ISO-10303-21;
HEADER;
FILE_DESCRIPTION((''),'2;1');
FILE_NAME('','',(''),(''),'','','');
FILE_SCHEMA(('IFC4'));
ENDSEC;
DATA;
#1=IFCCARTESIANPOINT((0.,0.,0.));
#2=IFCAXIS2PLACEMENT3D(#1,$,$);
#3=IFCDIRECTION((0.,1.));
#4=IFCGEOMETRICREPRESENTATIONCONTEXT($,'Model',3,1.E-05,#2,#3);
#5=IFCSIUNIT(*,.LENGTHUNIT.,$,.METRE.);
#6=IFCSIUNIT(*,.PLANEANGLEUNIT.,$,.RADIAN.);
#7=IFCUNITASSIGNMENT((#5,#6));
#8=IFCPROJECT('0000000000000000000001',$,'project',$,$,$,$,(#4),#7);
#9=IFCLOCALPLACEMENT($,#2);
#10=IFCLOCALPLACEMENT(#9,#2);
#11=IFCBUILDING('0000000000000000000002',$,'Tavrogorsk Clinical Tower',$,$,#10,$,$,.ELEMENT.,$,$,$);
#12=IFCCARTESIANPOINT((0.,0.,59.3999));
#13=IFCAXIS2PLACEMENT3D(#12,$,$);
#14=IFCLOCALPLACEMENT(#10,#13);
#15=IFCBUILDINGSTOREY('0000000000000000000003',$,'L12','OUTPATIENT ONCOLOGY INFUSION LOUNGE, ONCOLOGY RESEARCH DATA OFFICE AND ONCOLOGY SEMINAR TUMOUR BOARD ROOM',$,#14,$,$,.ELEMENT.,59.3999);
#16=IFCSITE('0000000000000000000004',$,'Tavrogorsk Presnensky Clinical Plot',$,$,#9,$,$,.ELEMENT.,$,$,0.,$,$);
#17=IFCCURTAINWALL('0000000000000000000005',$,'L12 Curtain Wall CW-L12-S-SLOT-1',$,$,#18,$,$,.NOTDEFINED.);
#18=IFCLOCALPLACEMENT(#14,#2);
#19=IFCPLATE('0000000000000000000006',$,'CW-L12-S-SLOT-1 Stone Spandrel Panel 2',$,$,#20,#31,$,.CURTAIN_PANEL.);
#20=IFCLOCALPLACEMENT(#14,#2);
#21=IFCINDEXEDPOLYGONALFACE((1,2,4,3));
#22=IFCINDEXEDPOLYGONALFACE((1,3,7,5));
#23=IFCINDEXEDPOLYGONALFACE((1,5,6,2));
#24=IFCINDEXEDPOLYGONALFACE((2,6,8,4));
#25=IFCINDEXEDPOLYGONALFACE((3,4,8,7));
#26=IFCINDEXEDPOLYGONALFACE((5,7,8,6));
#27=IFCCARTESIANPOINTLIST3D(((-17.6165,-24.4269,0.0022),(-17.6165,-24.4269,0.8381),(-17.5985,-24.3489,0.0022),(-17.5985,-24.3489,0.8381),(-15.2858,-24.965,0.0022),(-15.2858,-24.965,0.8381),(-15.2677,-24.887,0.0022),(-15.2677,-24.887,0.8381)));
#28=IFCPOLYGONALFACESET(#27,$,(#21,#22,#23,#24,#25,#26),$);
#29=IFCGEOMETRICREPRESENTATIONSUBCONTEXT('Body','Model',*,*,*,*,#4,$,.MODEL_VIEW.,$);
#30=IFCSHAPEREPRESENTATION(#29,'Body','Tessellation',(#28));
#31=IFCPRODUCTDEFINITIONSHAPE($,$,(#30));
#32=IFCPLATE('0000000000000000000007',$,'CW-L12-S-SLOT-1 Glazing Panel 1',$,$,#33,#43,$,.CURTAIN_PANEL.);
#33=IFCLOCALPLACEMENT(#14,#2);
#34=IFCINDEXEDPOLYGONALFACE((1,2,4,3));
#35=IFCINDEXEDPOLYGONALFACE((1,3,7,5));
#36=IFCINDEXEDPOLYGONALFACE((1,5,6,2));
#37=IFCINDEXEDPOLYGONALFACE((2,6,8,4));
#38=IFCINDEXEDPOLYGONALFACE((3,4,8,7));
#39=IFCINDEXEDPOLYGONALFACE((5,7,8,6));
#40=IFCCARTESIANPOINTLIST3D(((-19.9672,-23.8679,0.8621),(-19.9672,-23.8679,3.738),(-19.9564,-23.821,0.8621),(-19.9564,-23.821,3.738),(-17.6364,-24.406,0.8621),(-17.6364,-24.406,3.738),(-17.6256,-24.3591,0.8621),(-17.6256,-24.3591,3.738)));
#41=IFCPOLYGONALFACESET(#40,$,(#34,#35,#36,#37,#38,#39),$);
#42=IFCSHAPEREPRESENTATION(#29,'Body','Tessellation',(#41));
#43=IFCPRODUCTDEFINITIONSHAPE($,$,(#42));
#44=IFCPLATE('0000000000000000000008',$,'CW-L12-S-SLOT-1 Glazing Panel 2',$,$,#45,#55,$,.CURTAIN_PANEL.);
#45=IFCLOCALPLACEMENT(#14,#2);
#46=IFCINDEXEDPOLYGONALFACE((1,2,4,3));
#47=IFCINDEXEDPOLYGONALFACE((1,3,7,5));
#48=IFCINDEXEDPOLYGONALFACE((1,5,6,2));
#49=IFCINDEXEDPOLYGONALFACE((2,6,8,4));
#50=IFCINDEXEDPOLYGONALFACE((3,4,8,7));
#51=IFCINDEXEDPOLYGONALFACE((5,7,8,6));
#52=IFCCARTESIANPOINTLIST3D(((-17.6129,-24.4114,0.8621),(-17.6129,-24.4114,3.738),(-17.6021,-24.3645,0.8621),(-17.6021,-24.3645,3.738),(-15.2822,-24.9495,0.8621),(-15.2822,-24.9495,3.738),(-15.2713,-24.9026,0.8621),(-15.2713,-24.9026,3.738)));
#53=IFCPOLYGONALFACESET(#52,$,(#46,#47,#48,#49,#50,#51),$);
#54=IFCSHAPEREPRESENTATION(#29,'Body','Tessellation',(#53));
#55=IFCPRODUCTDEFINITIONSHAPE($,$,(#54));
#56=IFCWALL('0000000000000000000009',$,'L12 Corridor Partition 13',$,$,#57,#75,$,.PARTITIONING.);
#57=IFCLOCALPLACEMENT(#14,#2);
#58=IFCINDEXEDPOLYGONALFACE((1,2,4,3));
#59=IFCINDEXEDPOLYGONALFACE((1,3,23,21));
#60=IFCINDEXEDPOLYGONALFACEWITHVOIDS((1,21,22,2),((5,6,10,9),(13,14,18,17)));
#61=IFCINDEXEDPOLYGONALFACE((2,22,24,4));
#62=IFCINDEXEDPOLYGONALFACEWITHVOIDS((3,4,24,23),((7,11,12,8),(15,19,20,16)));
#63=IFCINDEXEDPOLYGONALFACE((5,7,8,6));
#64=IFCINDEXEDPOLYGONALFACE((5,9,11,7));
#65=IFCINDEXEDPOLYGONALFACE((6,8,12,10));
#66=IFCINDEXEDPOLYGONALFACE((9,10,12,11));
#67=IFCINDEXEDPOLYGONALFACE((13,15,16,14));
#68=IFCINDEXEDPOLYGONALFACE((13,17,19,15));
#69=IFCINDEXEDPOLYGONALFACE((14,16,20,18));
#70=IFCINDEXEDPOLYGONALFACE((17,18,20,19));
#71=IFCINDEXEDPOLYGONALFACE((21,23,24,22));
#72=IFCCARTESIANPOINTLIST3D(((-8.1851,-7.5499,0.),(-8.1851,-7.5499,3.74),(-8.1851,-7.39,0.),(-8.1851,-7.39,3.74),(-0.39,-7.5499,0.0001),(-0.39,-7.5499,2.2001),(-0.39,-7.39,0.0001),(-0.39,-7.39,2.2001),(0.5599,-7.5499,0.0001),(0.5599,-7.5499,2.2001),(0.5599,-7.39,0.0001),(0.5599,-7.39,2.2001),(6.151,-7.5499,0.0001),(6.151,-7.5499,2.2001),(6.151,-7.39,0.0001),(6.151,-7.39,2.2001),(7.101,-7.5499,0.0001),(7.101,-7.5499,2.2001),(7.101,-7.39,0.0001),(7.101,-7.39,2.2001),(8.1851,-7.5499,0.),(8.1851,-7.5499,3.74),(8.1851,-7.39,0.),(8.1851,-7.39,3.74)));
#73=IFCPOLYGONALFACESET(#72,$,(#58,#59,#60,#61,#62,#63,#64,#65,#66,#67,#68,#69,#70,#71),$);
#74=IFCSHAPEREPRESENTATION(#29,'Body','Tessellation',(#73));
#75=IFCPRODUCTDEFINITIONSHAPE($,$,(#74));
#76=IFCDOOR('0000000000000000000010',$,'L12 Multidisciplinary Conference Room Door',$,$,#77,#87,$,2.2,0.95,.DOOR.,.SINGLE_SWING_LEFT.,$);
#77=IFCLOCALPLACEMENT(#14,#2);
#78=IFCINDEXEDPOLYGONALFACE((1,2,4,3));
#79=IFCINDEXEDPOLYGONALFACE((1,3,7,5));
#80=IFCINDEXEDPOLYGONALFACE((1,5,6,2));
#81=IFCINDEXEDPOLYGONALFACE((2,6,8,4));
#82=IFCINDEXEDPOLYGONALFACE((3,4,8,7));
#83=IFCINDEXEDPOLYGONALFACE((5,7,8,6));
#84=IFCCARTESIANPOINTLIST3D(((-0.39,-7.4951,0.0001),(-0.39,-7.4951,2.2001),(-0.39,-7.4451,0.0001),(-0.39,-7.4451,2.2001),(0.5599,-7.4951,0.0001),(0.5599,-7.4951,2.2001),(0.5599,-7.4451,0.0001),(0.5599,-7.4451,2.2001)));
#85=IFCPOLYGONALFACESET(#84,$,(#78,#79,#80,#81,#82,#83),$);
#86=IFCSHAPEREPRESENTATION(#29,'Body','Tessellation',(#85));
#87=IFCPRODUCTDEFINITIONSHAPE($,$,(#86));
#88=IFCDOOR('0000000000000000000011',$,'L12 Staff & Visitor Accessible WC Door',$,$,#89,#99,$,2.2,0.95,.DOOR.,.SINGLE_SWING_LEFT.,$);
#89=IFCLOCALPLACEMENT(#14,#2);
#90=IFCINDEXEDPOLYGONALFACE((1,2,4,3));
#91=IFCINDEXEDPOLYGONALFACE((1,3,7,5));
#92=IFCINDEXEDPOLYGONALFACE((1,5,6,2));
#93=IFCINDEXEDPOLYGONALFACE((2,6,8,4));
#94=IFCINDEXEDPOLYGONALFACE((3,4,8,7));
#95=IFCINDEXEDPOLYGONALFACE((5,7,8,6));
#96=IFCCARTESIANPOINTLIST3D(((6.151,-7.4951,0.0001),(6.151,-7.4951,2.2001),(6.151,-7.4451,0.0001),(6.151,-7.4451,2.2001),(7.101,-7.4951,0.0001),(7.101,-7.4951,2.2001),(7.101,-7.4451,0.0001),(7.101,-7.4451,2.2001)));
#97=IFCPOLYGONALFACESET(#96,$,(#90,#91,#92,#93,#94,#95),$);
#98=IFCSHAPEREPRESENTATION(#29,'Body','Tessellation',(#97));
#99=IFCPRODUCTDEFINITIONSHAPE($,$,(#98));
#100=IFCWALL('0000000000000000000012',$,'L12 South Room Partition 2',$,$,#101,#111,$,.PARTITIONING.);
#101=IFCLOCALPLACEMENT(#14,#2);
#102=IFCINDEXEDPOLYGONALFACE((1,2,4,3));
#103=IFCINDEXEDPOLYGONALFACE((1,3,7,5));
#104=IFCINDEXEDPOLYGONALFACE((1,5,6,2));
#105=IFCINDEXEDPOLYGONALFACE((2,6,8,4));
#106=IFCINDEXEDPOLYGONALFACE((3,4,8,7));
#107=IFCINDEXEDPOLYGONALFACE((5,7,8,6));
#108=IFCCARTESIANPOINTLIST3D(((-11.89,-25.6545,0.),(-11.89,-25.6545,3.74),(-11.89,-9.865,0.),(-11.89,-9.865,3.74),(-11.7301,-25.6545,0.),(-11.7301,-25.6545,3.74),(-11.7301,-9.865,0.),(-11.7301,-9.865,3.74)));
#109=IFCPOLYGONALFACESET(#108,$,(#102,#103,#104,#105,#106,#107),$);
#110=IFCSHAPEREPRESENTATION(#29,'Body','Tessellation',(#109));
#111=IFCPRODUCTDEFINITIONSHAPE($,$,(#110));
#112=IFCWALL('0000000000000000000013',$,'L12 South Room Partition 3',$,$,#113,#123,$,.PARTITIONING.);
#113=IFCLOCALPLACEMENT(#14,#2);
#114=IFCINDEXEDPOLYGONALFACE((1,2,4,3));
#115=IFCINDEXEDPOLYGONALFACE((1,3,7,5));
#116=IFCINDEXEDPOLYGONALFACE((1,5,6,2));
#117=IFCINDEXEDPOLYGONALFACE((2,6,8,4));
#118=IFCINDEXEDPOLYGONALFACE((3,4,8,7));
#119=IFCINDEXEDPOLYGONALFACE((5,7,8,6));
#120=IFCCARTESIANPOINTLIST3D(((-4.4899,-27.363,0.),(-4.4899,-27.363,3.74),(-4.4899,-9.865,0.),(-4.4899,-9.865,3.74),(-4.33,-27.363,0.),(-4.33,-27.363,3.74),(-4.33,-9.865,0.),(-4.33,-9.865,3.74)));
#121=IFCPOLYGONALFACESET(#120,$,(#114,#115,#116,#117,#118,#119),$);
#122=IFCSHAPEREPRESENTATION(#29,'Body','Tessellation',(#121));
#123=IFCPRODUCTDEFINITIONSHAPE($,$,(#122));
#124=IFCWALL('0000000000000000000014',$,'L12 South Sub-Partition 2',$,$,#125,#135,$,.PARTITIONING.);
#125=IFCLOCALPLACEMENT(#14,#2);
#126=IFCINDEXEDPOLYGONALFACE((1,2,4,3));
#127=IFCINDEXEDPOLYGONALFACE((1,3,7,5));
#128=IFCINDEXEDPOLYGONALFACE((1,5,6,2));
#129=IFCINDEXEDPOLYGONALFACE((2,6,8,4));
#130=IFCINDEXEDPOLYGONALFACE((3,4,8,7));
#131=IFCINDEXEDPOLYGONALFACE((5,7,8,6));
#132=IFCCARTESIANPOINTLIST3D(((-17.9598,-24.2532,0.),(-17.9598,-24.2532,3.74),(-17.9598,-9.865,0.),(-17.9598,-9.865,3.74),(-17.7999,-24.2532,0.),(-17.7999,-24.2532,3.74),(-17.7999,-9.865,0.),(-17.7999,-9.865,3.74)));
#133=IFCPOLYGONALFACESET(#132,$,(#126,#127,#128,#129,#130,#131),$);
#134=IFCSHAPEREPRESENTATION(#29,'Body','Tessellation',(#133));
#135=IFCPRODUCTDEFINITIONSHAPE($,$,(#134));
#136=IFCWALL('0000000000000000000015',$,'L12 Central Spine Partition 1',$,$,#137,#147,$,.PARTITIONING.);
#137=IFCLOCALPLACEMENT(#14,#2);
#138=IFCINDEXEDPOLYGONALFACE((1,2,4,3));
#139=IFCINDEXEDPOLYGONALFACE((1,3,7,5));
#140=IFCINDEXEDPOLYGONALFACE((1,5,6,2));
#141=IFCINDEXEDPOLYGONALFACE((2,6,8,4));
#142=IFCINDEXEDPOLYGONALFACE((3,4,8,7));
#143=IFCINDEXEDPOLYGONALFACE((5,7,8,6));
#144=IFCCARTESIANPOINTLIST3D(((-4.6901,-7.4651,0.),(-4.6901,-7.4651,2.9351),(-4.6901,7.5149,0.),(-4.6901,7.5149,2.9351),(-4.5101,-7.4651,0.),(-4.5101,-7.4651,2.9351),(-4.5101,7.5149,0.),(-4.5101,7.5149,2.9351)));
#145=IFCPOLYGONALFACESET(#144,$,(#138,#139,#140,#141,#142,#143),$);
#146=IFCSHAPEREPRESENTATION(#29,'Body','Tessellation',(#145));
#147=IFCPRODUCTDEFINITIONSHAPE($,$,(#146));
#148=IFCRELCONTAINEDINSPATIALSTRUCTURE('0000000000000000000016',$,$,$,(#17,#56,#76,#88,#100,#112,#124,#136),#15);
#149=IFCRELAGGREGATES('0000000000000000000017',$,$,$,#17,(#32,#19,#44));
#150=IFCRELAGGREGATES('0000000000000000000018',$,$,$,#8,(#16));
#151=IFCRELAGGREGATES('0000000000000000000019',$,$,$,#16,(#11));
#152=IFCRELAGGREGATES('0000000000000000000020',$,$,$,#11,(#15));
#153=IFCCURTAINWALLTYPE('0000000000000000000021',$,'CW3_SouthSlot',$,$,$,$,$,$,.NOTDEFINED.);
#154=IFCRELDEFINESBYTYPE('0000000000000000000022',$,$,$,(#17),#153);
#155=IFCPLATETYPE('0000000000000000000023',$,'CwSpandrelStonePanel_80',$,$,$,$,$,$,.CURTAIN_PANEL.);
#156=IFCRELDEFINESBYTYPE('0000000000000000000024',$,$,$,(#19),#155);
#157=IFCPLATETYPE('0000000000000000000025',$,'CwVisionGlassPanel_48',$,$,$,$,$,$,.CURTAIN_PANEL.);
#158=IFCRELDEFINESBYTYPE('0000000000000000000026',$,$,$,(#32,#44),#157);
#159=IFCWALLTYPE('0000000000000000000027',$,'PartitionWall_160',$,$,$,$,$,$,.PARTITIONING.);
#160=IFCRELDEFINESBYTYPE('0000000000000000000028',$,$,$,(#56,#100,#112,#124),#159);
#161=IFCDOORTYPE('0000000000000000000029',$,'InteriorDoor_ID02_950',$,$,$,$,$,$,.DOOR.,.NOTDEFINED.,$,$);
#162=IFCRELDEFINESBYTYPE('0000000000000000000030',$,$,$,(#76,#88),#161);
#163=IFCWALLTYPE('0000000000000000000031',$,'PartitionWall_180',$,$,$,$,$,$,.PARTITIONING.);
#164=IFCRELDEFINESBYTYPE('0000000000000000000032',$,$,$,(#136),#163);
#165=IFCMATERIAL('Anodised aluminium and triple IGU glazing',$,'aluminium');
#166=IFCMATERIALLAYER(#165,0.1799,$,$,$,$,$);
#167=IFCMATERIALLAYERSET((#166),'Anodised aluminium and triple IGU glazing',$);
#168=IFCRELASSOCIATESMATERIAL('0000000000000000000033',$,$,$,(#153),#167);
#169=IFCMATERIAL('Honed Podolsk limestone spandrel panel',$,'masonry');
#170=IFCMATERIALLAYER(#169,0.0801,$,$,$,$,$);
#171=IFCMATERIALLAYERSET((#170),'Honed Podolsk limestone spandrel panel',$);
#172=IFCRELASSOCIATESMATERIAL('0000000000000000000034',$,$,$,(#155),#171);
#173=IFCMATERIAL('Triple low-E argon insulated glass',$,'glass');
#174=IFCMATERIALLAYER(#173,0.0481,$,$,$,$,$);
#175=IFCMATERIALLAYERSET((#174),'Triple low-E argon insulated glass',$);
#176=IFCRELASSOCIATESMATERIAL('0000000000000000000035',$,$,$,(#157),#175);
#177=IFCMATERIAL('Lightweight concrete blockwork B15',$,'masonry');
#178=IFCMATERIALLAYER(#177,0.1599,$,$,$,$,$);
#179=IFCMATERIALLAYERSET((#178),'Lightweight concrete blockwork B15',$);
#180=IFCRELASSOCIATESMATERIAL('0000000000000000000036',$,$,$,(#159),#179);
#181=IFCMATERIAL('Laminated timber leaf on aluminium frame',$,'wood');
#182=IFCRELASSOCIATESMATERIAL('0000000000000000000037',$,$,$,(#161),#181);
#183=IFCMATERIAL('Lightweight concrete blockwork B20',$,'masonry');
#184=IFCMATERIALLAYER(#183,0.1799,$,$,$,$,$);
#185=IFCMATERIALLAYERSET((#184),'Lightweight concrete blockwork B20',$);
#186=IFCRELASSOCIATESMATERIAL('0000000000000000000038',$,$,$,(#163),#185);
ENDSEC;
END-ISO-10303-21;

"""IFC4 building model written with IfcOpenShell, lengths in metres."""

from ifc_helpers import new_model, si_unit, direction, frame, frame_2d, origin, origin_2d, place, context, subcontext, project, spatial, rectangle, extrude, material, layer, layer_set, type_object, element, fill, aggregate, save


model = new_model("IFC4")

# Units and contexts
model_context = context("Model", 3, precision=1e-05, world=origin(), true_north=direction((0.0, 1.0)))
body_context = subcontext(model_context, "Body", "Model", "MODEL_VIEW")
ifc_project = project(units=[si_unit("LENGTHUNIT", "METRE"), si_unit("PLANEANGLEUNIT", "RADIAN")], contexts=[model_context])

# Site, building, storey
site_placement = place(None, origin())
site = spatial("IfcSite", under=ifc_project, at=site_placement, Name="Tavrogorsk Presnensky Clinical Plot", CompositionType="ELEMENT", RefElevation=0.0)
building_placement = place(site_placement, origin())
building = spatial("IfcBuilding", under=site, at=building_placement, Name="Tavrogorsk Clinical Tower", CompositionType="ELEMENT")
storey_placement = place(building_placement, frame((0.0, 0.0, 59.3999)))
storey = spatial("IfcBuildingStorey", under=building, at=storey_placement, Name="L12", Description="OUTPATIENT ONCOLOGY INFUSION LOUNGE, ONCOLOGY RESEARCH DATA OFFICE AND ONCOLOGY SEMINAR TUMOUR BOARD ROOM", CompositionType="ELEMENT", Elevation=59.3999)

# Curtain wall
ifc_material_1 = material(Name="Anodised aluminium and triple IGU glazing", Category="aluminium")
ifc_layer_1 = layer(ifc_material_1, 0.1799)
ifc_layer_set_1 = layer_set([ifc_layer_1], Name="Anodised aluminium and triple IGU glazing")
curtain_wall_type = type_object("IfcCurtainWallType", Name="CW3_SouthSlot", PredefinedType="NOTDEFINED", material=ifc_layer_set_1)
curtain_wall_1_placement = place(storey_placement, origin())
curtain_wall_1 = element("IfcCurtainWall", 1, at=curtain_wall_1_placement, inside=storey, type_object=curtain_wall_type, Name="L12 Curtain Wall CW-L12-S-SLOT-1", PredefinedType="NOTDEFINED")

# Plates
ifc_material_2 = material(Name="Honed Podolsk limestone spandrel panel", Category="masonry")
ifc_layer_2 = layer(ifc_material_2, 0.0801)
ifc_layer_set_2 = layer_set([ifc_layer_2], Name="Honed Podolsk limestone spandrel panel")
plate_type_1 = type_object("IfcPlateType", Name="CwSpandrelStonePanel_80", PredefinedType="CURTAIN_PANEL", material=ifc_layer_set_2)
plate_1_placement = place(storey_placement, frame((-16.4421, -24.657, 0.0022), z_axis=(0.0, 0.0, 1.0), x_axis=(0.97437, -0.224951, 0.0)))
plate_1 = element("IfcPlate", 2, at=plate_1_placement, type_object=plate_type_1, Name="CW-L12-S-SLOT-1 Stone Spandrel Panel 2", PredefinedType="CURTAIN_PANEL", context=body_context, shape_type="SweptSolid", body=[
    extrude(rectangle(XDim=2.3921, YDim=0.0801, at=origin_2d()), origin(), (0.0, 0.0, 1.0), 0.8359),
])
ifc_material_3 = material(Name="Triple low-E argon insulated glass", Category="glass")
ifc_layer_3 = layer(ifc_material_3, 0.0481)
ifc_layer_set_3 = layer_set([ifc_layer_3], Name="Triple low-E argon insulated glass")
plate_type_2 = type_object("IfcPlateType", Name="CwVisionGlassPanel_48", PredefinedType="CURTAIN_PANEL", material=ifc_layer_set_3)
plate_2_placement = place(storey_placement, frame((-18.7964, -24.1135, 0.8621), z_axis=(0.0, 0.0, 1.0), x_axis=(0.97437, -0.224951, 0.0)))
plate_2 = element("IfcPlate", 3, at=plate_2_placement, type_object=plate_type_2, Name="CW-L12-S-SLOT-1 Glazing Panel 1", PredefinedType="CURTAIN_PANEL", context=body_context, shape_type="SweptSolid", body=[
    extrude(rectangle(XDim=2.3921, YDim=0.0481, at=origin_2d()), origin(), (0.0, 0.0, 1.0), 2.876),
])
plate_3_placement = place(storey_placement, frame((-16.4421, -24.657, 0.8621), z_axis=(0.0, 0.0, 1.0), x_axis=(0.97437, -0.224951, 0.0)))
plate_3 = element("IfcPlate", 4, at=plate_3_placement, type_object=plate_type_2, Name="CW-L12-S-SLOT-1 Glazing Panel 2", PredefinedType="CURTAIN_PANEL", context=body_context, shape_type="SweptSolid", body=[
    extrude(rectangle(XDim=2.3921, YDim=0.0481, at=origin_2d()), origin(), (0.0, 0.0, 1.0), 2.876),
])
aggregate(curtain_wall_1, [plate_2, plate_1, plate_3])

# Wall, openings, doors
ifc_material_4 = material(Name="Lightweight concrete blockwork B15", Category="masonry")
ifc_layer_4 = layer(ifc_material_4, 0.1599)
ifc_layer_set_4 = layer_set([ifc_layer_4], Name="Lightweight concrete blockwork B15")
wall_type_1 = type_object("IfcWallType", Name="PartitionWall_160", PredefinedType="PARTITIONING", material=ifc_layer_set_4)
wall_1_placement = place(storey_placement, frame((-8.1851, -7.47, 0.0), z_axis=(0.0, 0.0, 1.0), x_axis=(1.0, 0.0, 0.0)))
wall_1 = element("IfcWall", 5, at=wall_1_placement, inside=storey, type_object=wall_type_1, Name="L12 Corridor Partition 13", PredefinedType="PARTITIONING", context=body_context, shape_type="SweptSolid", body=[
    extrude(rectangle(XDim=16.3701, YDim=0.1599, at=frame_2d((8.1851, 0.0))), origin(), (0.0, 0.0, 1.0), 3.74),
])
opening_1_placement = place(wall_1_placement, frame((7.7949, 0.0, 0.0)))
opening_1 = element("IfcOpeningElement", 6, at=opening_1_placement, cuts=wall_1, PredefinedType="OPENING", context=body_context, shape_type="SweptSolid", body=[
    extrude(rectangle(XDim=0.95, YDim=2.2, at=frame_2d((0.4751, 1.1001))), frame((0.0, 0.0898, 0.0), z_axis=(0.0, -1.0, 0.0), x_axis=(1.0, 0.0, 0.0)), (0.0, 0.0, 1.0), 0.1799),
])
opening_2_placement = place(wall_1_placement, frame((14.3359, 0.0, 0.0)))
opening_2 = element("IfcOpeningElement", 7, at=opening_2_placement, cuts=wall_1, PredefinedType="OPENING", context=body_context, shape_type="SweptSolid", body=[
    extrude(rectangle(XDim=0.95, YDim=2.2, at=frame_2d((0.4751, 1.1001))), frame((0.0, 0.0898, 0.0), z_axis=(0.0, -1.0, 0.0), x_axis=(1.0, 0.0, 0.0)), (0.0, 0.0, 1.0), 0.1799),
])
ifc_material_5 = material(Name="Laminated timber leaf on aluminium frame", Category="wood")
door_type_1 = type_object("IfcDoorType", Name="InteriorDoor_ID02_950", OperationType="NOTDEFINED", PredefinedType="DOOR", material=ifc_material_5)
door_1_placement = place(opening_1_placement, origin())
door_1 = element("IfcDoor", 8, at=door_1_placement, inside=storey, type_object=door_type_1, Name="L12 Multidisciplinary Conference Room Door", OperationType="SINGLE_SWING_LEFT", OverallHeight=2.2, OverallWidth=0.95, PredefinedType="DOOR", context=body_context, shape_type="SweptSolid", body=[
    extrude(rectangle(XDim=0.95, YDim=2.2, at=frame_2d((0.4751, 1.1001))), frame((0.0, 0.0249, 0.0), z_axis=(0.0, -1.0, 0.0), x_axis=(1.0, 0.0, 0.0)), (0.0, 0.0, 1.0), 0.05),
])
fill(opening_1, door_1)
door_2_placement = place(opening_2_placement, origin())
door_2 = element("IfcDoor", 9, at=door_2_placement, inside=storey, type_object=door_type_1, Name="L12 Staff & Visitor Accessible WC Door", OperationType="SINGLE_SWING_LEFT", OverallHeight=2.2, OverallWidth=0.95, PredefinedType="DOOR", context=body_context, shape_type="SweptSolid", body=[
    extrude(rectangle(XDim=0.95, YDim=2.2, at=frame_2d((0.4751, 1.1001))), frame((0.0, 0.0249, 0.0), z_axis=(0.0, -1.0, 0.0), x_axis=(1.0, 0.0, 0.0)), (0.0, 0.0, 1.0), 0.05),
])
fill(opening_2, door_2)

# Walls
wall_2_placement = place(storey_placement, frame((-11.8101, -25.6545, 0.0), z_axis=(0.0, 0.0, 1.0), x_axis=(0.0, 1.0, 0.0)))
element("IfcWall", 10, at=wall_2_placement, inside=storey, type_object=wall_type_1, Name="L12 South Room Partition 2", PredefinedType="PARTITIONING", context=body_context, shape_type="SweptSolid", body=[
    extrude(rectangle(XDim=15.7896, YDim=0.1599, at=frame_2d((7.8948, 0.0))), origin(), (0.0, 0.0, 1.0), 3.74),
])
wall_3_placement = place(storey_placement, frame((-4.4099, -27.363, 0.0), z_axis=(0.0, 0.0, 1.0), x_axis=(0.0, 1.0, 0.0)))
element("IfcWall", 11, at=wall_3_placement, inside=storey, type_object=wall_type_1, Name="L12 South Room Partition 3", PredefinedType="PARTITIONING", context=body_context, shape_type="SweptSolid", body=[
    extrude(rectangle(XDim=17.498, YDim=0.1599, at=frame_2d((8.749, 0.0))), origin(), (0.0, 0.0, 1.0), 3.74),
])
wall_4_placement = place(storey_placement, frame((-17.8799, -24.2532, 0.0), z_axis=(0.0, 0.0, 1.0), x_axis=(0.0, 1.0, 0.0)))
element("IfcWall", 12, at=wall_4_placement, inside=storey, type_object=wall_type_1, Name="L12 South Sub-Partition 2", PredefinedType="PARTITIONING", context=body_context, shape_type="SweptSolid", body=[
    extrude(rectangle(XDim=14.3882, YDim=0.1599, at=frame_2d((7.1941, 0.0))), origin(), (0.0, 0.0, 1.0), 3.74),
])
ifc_material_6 = material(Name="Lightweight concrete blockwork B20", Category="masonry")
ifc_layer_5 = layer(ifc_material_6, 0.1799)
ifc_layer_set_5 = layer_set([ifc_layer_5], Name="Lightweight concrete blockwork B20")
wall_type_2 = type_object("IfcWallType", Name="PartitionWall_180", PredefinedType="PARTITIONING", material=ifc_layer_set_5)
wall_5_placement = place(storey_placement, frame((-4.6001, -7.4651, 0.0), z_axis=(0.0, 0.0, 1.0), x_axis=(0.0, 1.0, 0.0)))
element("IfcWall", 13, at=wall_5_placement, inside=storey, type_object=wall_type_2, Name="L12 Central Spine Partition 1", PredefinedType="PARTITIONING", context=body_context, shape_type="SweptSolid", body=[
    extrude(rectangle(XDim=14.98, YDim=0.1799, at=frame_2d((7.49, 0.0))), origin(), (0.0, 0.0, 1.0), 2.9351),
])

save(model, "model.ifc")
